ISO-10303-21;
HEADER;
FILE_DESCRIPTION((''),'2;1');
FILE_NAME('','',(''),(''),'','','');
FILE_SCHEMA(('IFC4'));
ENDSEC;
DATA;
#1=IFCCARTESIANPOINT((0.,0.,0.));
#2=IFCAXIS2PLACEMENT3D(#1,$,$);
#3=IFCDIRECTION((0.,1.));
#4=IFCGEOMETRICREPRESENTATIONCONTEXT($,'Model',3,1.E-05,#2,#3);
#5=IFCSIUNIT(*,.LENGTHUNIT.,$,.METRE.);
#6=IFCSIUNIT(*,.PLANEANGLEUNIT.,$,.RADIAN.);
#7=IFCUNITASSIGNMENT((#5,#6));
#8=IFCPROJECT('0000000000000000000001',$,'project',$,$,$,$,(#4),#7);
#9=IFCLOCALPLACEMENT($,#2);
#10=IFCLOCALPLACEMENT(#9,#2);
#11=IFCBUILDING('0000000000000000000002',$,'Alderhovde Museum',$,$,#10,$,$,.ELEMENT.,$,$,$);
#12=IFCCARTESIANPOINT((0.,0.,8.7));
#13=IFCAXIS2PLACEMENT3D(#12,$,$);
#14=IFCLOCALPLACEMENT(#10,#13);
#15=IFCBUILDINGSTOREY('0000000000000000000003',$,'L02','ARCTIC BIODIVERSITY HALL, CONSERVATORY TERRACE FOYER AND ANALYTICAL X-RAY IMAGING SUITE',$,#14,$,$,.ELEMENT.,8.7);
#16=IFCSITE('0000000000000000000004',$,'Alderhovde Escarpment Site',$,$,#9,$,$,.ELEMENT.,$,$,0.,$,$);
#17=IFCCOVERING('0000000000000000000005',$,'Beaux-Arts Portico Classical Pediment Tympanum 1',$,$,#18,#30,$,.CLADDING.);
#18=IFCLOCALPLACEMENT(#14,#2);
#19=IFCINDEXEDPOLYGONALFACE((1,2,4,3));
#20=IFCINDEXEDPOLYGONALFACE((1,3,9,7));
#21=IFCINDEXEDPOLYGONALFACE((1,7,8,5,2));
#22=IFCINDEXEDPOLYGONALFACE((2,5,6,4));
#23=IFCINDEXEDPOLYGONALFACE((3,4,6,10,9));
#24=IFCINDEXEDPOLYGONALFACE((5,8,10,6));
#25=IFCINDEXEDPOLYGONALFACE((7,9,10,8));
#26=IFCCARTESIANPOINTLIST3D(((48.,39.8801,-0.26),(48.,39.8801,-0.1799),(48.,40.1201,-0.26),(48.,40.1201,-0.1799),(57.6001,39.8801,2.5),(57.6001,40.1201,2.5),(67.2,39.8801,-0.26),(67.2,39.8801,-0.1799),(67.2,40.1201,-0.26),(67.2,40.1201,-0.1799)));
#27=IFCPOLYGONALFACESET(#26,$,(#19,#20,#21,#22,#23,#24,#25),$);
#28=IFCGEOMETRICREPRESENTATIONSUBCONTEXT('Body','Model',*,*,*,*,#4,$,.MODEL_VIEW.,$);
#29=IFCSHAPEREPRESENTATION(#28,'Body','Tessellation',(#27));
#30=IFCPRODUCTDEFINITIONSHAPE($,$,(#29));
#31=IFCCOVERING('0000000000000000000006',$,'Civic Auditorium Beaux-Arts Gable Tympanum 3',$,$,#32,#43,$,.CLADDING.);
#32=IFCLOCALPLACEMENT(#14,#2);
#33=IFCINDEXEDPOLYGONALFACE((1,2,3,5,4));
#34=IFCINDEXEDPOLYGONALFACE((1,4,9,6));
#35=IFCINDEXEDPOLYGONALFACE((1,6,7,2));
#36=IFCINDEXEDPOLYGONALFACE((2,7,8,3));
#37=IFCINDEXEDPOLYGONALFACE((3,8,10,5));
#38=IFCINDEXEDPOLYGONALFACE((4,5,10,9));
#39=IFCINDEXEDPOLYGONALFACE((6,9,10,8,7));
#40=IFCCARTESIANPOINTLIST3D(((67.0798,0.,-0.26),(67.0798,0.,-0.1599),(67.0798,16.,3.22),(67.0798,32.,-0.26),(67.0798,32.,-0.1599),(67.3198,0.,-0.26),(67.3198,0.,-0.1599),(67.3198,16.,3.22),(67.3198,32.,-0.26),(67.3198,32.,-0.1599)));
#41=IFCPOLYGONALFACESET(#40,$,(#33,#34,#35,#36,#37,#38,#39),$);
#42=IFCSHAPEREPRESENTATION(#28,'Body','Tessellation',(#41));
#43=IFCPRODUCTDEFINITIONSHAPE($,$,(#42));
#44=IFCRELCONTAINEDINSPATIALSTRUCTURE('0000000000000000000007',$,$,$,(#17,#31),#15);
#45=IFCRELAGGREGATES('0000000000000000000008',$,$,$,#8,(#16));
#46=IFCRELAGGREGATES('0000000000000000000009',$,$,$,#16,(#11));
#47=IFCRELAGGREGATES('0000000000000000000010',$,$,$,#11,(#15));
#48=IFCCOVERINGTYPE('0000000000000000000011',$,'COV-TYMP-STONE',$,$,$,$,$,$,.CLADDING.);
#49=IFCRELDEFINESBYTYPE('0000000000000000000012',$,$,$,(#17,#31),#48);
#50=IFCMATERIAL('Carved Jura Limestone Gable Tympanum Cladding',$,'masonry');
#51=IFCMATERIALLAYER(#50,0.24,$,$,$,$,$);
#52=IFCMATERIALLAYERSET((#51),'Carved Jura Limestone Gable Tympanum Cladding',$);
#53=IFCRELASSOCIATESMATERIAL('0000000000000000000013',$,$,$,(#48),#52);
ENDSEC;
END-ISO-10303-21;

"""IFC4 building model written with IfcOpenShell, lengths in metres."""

from ifc_helpers import new_model, si_unit, direction, frame, origin, place, context, subcontext, project, spatial, polyline, outline, extrude, material, layer, layer_set, type_object, element, save


model = new_model("IFC4")

# Units and contexts
model_context = context("Model", 3, precision=1e-05, world=origin(), true_north=direction((0.0, 1.0)))
body_context = subcontext(model_context, "Body", "Model", "MODEL_VIEW")
ifc_project = project(units=[si_unit("LENGTHUNIT", "METRE"), si_unit("PLANEANGLEUNIT", "RADIAN")], contexts=[model_context])

# Site, building, storey
site_placement = place(None, origin())
site = spatial("IfcSite", under=ifc_project, at=site_placement, Name="Alderhovde Escarpment Site", CompositionType="ELEMENT", RefElevation=0.0)
building_placement = place(site_placement, origin())
building = spatial("IfcBuilding", under=site, at=building_placement, Name="Alderhovde Museum", CompositionType="ELEMENT")
storey_placement = place(building_placement, frame((0.0, 0.0, 8.7)))
storey = spatial("IfcBuildingStorey", under=building, at=storey_placement, Name="L02", Description="ARCTIC BIODIVERSITY HALL, CONSERVATORY TERRACE FOYER AND ANALYTICAL X-RAY IMAGING SUITE", CompositionType="ELEMENT", Elevation=8.7)

# Coverings
ifc_material_1 = material(Name="Carved Jura Limestone Gable Tympanum Cladding", Category="masonry")
ifc_layer_1 = layer(ifc_material_1, 0.24)
ifc_layer_set_1 = layer_set([ifc_layer_1], Name="Carved Jura Limestone Gable Tympanum Cladding")
covering_type_1 = type_object("IfcCoveringType", Name="COV-TYMP-STONE", PredefinedType="CLADDING", material=ifc_layer_set_1)
covering_1_placement = place(storey_placement, frame((48.0, 40.0, -0.26), z_axis=(0.0, 0.0, 1.0), x_axis=(1.0, 0.0, 0.0)))
element("IfcCovering", 1, at=covering_1_placement, inside=storey, type_object=covering_type_1, Name="Beaux-Arts Portico Classical Pediment Tympanum 1", PredefinedType="CLADDING", context=body_context, shape_type="SweptSolid", body=[
    extrude(outline(polyline([(0.0, 0.0), (19.2, 0.0), (19.2, 0.0801), (9.6001, 2.76), (0.0, 0.0801), (0.0, 0.0)])), frame((0.0, 0.1201, 0.0), z_axis=(0.0, -1.0, 0.0), x_axis=(1.0, 0.0, 0.0)), (0.0, 0.0, 1.0), 0.24),
])
covering_2_placement = place(storey_placement, frame((67.2, 0.0, -0.26), z_axis=(0.0, 0.0, 1.0), x_axis=(0.0, 1.0, 0.0)))
element("IfcCovering", 2, at=covering_2_placement, inside=storey, type_object=covering_type_1, Name="Civic Auditorium Beaux-Arts Gable Tympanum 3", PredefinedType="CLADDING", context=body_context, shape_type="SweptSolid", body=[
    extrude(outline(polyline([(0.0, 0.0), (32.0, 0.0), (32.0, 0.1001), (16.0, 3.48), (0.0, 0.1001), (0.0, 0.0)])), frame((0.0, 0.1201, 0.0), z_axis=(0.0, -1.0, 0.0), x_axis=(1.0, 0.0, 0.0)), (0.0, 0.0, 1.0), 0.24),
])

save(model, "model.ifc")
